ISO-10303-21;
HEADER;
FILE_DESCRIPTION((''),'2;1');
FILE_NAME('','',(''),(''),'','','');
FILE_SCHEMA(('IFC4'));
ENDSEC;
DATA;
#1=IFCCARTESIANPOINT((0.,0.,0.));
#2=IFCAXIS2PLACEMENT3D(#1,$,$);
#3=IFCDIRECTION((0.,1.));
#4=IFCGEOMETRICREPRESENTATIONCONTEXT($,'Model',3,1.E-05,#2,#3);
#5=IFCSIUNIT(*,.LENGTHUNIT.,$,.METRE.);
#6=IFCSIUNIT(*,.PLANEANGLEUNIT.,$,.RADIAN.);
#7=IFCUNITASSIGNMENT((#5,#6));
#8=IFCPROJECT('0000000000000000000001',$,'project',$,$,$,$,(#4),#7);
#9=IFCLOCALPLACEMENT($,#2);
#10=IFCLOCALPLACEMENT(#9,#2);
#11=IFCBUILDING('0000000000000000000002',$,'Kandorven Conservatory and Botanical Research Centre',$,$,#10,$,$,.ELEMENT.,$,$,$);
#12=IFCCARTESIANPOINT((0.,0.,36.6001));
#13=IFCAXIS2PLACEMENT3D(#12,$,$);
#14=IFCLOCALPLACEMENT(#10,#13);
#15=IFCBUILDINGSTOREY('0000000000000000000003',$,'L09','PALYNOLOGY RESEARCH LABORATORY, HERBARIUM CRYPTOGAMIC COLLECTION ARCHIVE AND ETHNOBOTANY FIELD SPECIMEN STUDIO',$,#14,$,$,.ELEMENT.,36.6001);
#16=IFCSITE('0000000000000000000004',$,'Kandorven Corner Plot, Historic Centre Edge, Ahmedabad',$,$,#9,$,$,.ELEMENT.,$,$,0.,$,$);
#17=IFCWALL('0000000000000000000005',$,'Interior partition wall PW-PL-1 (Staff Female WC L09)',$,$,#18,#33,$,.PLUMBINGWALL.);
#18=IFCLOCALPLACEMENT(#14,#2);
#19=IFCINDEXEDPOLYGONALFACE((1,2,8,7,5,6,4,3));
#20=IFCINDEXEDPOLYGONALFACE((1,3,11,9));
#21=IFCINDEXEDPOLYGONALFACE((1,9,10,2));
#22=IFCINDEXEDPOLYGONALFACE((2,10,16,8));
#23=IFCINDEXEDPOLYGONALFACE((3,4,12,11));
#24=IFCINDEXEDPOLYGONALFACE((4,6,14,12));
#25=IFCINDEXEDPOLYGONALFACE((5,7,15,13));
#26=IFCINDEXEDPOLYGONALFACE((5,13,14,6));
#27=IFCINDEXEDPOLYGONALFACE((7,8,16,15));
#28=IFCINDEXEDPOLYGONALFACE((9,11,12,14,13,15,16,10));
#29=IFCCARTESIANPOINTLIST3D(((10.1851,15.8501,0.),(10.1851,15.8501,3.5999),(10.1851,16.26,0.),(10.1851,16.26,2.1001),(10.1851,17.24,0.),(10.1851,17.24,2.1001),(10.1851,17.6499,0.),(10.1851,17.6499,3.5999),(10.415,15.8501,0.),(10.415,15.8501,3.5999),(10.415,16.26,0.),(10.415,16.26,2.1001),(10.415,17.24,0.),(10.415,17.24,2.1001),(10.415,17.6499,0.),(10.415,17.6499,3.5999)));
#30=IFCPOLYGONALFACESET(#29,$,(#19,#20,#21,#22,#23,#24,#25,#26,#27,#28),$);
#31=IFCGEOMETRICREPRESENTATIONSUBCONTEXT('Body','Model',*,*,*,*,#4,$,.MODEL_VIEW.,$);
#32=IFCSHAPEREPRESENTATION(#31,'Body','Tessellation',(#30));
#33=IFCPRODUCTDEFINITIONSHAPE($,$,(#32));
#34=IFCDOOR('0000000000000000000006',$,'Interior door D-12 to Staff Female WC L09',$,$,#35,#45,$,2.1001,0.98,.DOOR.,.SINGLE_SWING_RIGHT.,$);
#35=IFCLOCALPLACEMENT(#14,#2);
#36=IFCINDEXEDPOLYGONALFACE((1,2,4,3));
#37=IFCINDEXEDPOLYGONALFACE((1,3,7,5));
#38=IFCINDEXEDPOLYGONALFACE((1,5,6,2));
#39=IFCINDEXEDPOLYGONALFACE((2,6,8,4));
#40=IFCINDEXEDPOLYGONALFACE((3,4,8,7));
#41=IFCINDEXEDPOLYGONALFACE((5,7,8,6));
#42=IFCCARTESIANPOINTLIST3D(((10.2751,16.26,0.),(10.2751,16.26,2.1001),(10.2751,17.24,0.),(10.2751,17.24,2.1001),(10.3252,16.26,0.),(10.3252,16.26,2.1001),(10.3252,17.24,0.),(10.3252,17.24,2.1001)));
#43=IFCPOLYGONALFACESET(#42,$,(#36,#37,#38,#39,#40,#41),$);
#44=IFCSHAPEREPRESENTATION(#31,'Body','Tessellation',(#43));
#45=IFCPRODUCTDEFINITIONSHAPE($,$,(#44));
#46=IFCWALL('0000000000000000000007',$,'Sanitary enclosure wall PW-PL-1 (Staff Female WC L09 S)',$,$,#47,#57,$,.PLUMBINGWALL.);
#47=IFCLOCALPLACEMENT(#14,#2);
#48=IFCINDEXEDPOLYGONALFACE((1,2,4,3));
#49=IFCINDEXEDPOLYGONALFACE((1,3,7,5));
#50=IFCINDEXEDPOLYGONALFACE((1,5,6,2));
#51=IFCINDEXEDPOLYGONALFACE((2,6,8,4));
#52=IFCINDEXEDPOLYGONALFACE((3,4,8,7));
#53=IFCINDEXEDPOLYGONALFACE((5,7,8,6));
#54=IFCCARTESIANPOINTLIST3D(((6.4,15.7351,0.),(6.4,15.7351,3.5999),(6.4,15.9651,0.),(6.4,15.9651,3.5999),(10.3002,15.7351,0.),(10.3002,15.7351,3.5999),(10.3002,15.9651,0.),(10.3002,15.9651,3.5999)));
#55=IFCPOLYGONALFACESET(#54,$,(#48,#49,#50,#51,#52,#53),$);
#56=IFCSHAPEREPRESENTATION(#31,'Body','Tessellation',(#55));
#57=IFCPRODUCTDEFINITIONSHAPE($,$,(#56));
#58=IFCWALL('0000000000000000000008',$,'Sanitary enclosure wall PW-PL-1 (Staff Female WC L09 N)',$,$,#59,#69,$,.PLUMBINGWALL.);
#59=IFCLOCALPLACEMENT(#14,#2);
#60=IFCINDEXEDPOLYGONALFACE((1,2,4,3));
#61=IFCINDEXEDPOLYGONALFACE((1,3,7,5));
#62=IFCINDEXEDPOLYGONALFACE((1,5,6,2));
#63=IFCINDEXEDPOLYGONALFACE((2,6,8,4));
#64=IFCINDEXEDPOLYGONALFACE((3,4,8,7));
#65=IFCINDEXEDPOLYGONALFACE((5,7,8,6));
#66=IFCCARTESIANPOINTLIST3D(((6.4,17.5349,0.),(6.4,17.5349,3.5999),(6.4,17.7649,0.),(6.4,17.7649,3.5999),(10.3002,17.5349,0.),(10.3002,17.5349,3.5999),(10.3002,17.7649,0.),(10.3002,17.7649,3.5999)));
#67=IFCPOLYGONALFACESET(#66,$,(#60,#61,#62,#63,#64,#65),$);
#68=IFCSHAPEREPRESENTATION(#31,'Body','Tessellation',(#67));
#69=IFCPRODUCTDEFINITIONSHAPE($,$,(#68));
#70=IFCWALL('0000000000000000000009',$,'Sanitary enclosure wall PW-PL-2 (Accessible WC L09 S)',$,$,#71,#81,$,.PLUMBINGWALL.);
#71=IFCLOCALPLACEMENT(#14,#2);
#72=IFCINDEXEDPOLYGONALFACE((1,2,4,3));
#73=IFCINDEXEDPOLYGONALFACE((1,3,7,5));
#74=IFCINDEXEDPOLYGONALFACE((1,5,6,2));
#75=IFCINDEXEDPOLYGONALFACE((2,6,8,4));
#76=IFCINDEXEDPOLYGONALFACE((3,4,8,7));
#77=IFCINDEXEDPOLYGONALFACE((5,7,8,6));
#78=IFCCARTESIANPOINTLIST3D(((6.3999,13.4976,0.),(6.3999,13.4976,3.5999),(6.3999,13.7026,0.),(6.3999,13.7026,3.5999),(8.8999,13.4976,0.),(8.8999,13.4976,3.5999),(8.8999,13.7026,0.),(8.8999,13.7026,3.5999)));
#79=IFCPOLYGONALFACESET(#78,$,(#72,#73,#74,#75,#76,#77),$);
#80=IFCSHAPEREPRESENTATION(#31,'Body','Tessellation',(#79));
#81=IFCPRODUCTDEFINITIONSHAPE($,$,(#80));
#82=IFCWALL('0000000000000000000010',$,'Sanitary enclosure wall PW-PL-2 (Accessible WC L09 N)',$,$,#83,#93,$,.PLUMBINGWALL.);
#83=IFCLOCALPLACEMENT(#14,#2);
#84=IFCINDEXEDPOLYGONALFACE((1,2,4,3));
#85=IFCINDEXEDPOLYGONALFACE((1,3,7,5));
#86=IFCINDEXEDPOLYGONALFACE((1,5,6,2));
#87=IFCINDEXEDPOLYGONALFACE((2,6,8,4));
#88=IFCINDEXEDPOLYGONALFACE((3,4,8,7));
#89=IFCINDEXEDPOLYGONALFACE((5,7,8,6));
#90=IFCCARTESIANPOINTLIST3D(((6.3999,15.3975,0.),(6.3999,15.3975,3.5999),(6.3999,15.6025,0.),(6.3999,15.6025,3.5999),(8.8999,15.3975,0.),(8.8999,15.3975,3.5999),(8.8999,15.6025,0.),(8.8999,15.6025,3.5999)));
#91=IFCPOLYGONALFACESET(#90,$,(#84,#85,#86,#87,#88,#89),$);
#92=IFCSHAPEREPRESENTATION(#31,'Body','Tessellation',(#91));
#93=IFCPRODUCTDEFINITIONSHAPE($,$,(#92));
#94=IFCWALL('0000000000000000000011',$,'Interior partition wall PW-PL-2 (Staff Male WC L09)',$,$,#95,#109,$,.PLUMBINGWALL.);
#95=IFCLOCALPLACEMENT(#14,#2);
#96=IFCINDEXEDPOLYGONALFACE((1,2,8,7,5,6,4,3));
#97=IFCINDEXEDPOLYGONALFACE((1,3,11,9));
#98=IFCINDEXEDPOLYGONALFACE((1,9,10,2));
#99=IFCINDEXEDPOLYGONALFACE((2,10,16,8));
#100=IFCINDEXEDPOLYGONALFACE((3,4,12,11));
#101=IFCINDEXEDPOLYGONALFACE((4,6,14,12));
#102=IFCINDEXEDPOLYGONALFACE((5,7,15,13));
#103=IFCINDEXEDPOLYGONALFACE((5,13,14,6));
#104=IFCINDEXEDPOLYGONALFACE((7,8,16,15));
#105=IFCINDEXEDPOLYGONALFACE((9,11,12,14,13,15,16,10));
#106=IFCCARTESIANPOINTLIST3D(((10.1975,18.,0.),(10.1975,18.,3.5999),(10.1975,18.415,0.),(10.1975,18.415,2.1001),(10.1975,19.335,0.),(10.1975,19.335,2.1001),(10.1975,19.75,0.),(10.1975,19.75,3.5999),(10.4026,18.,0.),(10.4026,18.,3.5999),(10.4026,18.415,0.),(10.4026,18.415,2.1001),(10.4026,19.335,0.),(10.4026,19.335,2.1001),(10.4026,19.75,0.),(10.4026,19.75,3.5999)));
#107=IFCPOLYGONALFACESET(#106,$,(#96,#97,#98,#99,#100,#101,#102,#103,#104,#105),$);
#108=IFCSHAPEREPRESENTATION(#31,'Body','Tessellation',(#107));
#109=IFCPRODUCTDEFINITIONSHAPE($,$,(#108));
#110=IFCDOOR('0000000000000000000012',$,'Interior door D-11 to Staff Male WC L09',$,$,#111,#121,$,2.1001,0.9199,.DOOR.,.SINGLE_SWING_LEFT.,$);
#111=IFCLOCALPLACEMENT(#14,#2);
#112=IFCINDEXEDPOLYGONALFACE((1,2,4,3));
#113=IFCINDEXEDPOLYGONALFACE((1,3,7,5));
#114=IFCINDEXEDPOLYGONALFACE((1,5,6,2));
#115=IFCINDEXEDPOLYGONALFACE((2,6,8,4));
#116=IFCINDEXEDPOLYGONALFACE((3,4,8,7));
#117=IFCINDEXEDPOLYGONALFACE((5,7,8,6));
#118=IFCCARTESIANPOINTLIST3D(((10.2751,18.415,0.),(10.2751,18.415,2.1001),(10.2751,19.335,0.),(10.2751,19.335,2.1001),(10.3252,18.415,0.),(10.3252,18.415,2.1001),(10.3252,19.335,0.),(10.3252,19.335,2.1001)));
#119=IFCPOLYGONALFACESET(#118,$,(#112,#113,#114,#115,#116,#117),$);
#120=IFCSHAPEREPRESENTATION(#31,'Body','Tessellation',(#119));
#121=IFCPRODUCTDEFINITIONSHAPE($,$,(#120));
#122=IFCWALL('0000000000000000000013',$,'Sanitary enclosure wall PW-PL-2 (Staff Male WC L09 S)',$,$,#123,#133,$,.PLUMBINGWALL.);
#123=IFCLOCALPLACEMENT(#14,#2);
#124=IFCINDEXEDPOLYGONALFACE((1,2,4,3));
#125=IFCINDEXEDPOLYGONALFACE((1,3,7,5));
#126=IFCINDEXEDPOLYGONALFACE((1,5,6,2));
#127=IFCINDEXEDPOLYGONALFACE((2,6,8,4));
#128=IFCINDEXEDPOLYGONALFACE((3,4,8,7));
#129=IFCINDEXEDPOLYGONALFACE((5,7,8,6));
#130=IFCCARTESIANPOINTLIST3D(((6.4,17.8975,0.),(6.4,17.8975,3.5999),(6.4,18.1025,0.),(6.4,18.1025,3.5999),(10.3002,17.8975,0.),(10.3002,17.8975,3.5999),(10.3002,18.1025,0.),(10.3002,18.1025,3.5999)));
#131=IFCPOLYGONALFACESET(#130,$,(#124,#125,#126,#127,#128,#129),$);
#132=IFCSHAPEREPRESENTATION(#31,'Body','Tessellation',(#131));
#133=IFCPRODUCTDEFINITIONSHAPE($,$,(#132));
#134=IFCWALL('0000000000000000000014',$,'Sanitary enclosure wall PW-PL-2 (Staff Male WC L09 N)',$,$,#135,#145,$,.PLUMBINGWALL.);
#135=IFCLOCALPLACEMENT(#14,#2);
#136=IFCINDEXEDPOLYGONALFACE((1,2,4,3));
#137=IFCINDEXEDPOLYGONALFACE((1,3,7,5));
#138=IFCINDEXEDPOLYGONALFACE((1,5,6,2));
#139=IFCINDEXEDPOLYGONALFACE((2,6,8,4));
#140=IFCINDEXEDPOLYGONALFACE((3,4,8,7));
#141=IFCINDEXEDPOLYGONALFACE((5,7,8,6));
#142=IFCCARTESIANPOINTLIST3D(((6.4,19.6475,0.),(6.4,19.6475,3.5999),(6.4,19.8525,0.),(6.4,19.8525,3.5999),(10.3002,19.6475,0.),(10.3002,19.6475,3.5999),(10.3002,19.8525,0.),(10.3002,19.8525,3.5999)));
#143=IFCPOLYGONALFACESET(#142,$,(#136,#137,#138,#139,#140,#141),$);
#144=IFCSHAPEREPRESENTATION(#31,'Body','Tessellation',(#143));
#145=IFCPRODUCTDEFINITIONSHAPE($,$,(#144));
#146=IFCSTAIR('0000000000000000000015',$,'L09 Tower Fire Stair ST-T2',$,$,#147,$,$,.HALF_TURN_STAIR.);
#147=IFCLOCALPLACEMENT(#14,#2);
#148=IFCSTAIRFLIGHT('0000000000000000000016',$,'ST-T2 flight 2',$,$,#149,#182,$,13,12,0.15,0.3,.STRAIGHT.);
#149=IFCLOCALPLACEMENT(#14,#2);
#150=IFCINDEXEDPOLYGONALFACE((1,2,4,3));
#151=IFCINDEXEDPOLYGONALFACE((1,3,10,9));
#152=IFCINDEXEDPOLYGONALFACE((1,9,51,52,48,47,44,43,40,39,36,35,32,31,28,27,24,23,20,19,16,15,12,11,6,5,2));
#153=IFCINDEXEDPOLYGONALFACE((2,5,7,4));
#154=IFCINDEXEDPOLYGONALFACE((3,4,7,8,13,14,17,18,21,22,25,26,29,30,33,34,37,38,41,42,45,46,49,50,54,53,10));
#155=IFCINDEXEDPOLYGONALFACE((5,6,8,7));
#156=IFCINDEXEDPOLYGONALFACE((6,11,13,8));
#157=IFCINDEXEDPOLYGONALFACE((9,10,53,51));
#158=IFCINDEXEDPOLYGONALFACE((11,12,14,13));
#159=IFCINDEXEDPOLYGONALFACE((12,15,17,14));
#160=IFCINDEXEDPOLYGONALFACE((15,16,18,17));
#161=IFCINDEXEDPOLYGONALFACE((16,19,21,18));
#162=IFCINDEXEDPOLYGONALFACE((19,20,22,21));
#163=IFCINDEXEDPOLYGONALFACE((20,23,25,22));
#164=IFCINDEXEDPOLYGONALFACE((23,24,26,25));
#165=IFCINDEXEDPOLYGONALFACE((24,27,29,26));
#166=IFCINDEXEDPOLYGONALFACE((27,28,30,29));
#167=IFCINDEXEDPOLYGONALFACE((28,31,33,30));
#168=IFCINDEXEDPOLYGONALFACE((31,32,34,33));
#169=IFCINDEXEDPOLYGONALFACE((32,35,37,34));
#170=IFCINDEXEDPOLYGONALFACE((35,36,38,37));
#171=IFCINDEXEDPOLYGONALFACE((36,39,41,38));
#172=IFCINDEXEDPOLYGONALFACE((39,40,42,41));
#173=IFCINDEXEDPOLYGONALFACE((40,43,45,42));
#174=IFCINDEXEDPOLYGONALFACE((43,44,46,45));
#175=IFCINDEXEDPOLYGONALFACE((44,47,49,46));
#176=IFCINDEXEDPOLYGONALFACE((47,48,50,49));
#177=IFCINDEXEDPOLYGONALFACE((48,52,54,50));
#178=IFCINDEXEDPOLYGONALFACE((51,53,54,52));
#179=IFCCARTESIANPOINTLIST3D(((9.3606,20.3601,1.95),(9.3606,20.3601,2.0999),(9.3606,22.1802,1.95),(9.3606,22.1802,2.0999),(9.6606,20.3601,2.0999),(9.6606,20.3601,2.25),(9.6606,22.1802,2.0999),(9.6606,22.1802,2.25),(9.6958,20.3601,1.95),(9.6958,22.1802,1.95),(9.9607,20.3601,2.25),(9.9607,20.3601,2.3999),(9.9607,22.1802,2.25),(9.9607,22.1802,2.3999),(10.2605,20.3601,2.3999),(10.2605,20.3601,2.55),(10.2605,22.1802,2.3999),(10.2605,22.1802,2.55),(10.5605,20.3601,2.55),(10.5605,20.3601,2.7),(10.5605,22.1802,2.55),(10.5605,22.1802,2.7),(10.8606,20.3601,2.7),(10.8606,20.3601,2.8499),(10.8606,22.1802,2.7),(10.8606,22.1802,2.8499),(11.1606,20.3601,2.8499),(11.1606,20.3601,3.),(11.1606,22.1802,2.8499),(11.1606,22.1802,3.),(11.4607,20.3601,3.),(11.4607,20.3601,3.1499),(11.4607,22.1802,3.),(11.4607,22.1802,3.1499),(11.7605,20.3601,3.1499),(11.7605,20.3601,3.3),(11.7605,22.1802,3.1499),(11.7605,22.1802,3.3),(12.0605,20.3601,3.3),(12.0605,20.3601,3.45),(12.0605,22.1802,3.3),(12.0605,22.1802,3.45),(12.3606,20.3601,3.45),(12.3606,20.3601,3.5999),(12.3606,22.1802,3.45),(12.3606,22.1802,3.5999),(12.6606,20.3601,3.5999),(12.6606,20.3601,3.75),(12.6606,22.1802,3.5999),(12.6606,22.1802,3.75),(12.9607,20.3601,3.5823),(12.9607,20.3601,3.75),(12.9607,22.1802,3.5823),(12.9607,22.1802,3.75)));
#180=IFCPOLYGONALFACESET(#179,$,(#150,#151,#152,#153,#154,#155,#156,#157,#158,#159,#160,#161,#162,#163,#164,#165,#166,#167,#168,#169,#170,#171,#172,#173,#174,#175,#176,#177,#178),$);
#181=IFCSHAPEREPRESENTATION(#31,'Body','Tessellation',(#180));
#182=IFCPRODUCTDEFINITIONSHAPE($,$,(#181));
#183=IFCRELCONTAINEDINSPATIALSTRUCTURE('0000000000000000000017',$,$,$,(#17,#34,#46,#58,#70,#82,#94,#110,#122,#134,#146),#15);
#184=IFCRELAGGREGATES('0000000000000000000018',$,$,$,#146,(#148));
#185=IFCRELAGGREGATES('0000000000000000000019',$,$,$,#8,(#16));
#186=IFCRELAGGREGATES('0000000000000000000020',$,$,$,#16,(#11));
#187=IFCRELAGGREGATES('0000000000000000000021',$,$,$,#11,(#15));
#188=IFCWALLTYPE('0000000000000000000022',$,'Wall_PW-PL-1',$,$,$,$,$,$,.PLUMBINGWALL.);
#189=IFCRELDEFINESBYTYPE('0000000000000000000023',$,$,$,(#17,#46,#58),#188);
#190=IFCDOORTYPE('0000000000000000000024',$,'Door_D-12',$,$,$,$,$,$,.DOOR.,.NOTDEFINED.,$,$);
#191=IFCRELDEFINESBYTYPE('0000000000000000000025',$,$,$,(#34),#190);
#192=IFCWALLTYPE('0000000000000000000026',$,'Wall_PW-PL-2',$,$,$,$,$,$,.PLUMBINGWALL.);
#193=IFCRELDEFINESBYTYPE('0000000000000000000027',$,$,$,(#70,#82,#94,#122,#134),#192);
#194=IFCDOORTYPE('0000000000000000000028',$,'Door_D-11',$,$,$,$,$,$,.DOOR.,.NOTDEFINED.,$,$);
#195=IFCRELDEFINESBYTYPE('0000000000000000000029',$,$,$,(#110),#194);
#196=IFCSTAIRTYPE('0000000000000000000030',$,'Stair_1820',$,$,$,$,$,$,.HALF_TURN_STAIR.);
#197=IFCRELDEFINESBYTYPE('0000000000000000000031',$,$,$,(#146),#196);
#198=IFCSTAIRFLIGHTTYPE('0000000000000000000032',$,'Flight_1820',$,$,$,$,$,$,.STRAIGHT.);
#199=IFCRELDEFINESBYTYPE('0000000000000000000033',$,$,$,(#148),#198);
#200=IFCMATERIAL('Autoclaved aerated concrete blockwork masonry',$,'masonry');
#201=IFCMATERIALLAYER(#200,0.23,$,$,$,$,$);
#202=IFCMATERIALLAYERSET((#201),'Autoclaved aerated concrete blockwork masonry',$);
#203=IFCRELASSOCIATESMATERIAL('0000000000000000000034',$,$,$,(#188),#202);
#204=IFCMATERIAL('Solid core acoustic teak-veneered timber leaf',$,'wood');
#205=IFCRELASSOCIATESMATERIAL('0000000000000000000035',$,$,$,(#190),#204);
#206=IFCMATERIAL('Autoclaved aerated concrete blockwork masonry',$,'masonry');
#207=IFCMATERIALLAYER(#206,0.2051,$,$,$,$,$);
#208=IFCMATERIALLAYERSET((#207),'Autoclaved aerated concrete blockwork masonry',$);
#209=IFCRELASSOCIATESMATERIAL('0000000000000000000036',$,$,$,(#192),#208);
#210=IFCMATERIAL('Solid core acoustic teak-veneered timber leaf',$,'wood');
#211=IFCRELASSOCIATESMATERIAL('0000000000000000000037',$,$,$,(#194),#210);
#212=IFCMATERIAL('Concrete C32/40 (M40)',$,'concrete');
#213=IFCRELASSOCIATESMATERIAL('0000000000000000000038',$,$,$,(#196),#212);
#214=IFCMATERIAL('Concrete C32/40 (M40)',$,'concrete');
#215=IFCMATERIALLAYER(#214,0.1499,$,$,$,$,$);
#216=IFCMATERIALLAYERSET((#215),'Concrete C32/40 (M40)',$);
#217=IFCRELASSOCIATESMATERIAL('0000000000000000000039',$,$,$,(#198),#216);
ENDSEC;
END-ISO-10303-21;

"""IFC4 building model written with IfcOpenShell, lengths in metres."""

from ifc_helpers import new_model, si_unit, direction, frame, frame_2d, origin, place, context, subcontext, project, spatial, polyline, rectangle, outline, extrude, material, layer, layer_set, type_object, element, fill, aggregate, save


model = new_model("IFC4")

# Units and contexts
model_context = context("Model", 3, precision=1e-05, world=origin(), true_north=direction((0.0, 1.0)))
body_context = subcontext(model_context, "Body", "Model", "MODEL_VIEW")
ifc_project = project(units=[si_unit("LENGTHUNIT", "METRE"), si_unit("PLANEANGLEUNIT", "RADIAN")], contexts=[model_context])

# Site, building, storey
site_placement = place(None, origin())
site = spatial("IfcSite", under=ifc_project, at=site_placement, Name="Kandorven Corner Plot, Historic Centre Edge, Ahmedabad", CompositionType="ELEMENT", RefElevation=0.0)
building_placement = place(site_placement, origin())
building = spatial("IfcBuilding", under=site, at=building_placement, Name="Kandorven Conservatory and Botanical Research Centre", CompositionType="ELEMENT")
storey_placement = place(building_placement, frame((0.0, 0.0, 36.6001)))
storey = spatial("IfcBuildingStorey", under=building, at=storey_placement, Name="L09", Description="PALYNOLOGY RESEARCH LABORATORY, HERBARIUM CRYPTOGAMIC COLLECTION ARCHIVE AND ETHNOBOTANY FIELD SPECIMEN STUDIO", CompositionType="ELEMENT", Elevation=36.6001)

# Wall, opening, door
ifc_material_1 = material(Name="Autoclaved aerated concrete blockwork masonry", Category="masonry")
ifc_layer_1 = layer(ifc_material_1, 0.23)
ifc_layer_set_1 = layer_set([ifc_layer_1], Name="Autoclaved aerated concrete blockwork masonry")
wall_type_1 = type_object("IfcWallType", Name="Wall_PW-PL-1", PredefinedType="PLUMBINGWALL", material=ifc_layer_set_1)
wall_1_placement = place(storey_placement, frame((10.3, 15.8501, 0.0), z_axis=(0.0, 0.0, 1.0), x_axis=(0.0, 1.0, 0.0)))
wall_1 = element("IfcWall", 1, at=wall_1_placement, inside=storey, type_object=wall_type_1, Name="Interior partition wall PW-PL-1 (Staff Female WC L09)", PredefinedType="PLUMBINGWALL", context=body_context, shape_type="SweptSolid", body=[
    extrude(rectangle(XDim=1.7998, YDim=0.23, at=frame_2d((0.8999, 0.0))), origin(), (0.0, 0.0, 1.0), 3.5999),
])
opening_1_placement = place(wall_1_placement, frame((0.4099, 0.0, 0.0)))
opening_1 = element("IfcOpeningElement", 2, at=opening_1_placement, cuts=wall_1, PredefinedType="OPENING", context=body_context, shape_type="SweptSolid", body=[
    extrude(rectangle(XDim=0.98, YDim=2.1001, at=frame_2d((0.49, 1.05))), frame((0.0, 0.125, 0.0), z_axis=(0.0, -1.0, 0.0), x_axis=(1.0, 0.0, 0.0)), (0.0, 0.0, 1.0), 0.25),
])
ifc_material_2 = material(Name="Solid core acoustic teak-veneered timber leaf", Category="wood")
door_type_1 = type_object("IfcDoorType", Name="Door_D-12", OperationType="NOTDEFINED", PredefinedType="DOOR", material=ifc_material_2)
door_1_placement = place(opening_1_placement, origin())
door_1 = element("IfcDoor", 3, at=door_1_placement, inside=storey, type_object=door_type_1, Name="Interior door D-12 to Staff Female WC L09", OperationType="SINGLE_SWING_RIGHT", OverallHeight=2.1001, OverallWidth=0.98, PredefinedType="DOOR", context=body_context, shape_type="SweptSolid", body=[
    extrude(rectangle(XDim=0.98, YDim=2.1001, at=frame_2d((0.49, 1.05))), frame((0.0, 0.0249, 0.0), z_axis=(0.0, -1.0, 0.0), x_axis=(1.0, 0.0, 0.0)), (0.0, 0.0, 1.0), 0.05),
])
fill(opening_1, door_1)

# Walls
for number, where, z_axis, x_axis, name in (
    (4, (6.3999, 15.8501, 0.0), (0.0, 0.0, 1.0), (1.0, 0.0, 0.0), "Sanitary enclosure wall PW-PL-1 (Staff Female WC L09 S)"),
    (5, (6.3999, 17.6499, 0.0), (0.0, 0.0, 1.0), (1.0, 0.0, 0.0), "Sanitary enclosure wall PW-PL-1 (Staff Female WC L09 N)"),
):
    element("IfcWall", number, at=place(storey_placement, frame(where, z_axis=z_axis, x_axis=x_axis)), inside=storey, type_object=wall_type_1, Name=name, PredefinedType="PLUMBINGWALL", context=body_context, shape_type="SweptSolid", body=[
        extrude(rectangle(XDim=3.9001, YDim=0.23, at=frame_2d((1.9502, 0.0))), origin(), (0.0, 0.0, 1.0), 3.5999),
    ])

# Shared definitions
ifc_material_3 = material(Name="Autoclaved aerated concrete blockwork masonry", Category="masonry")
ifc_layer_2 = layer(ifc_material_3, 0.2051)
ifc_layer_set_2 = layer_set([ifc_layer_2], Name="Autoclaved aerated concrete blockwork masonry")
wall_type_2 = type_object("IfcWallType", Name="Wall_PW-PL-2", PredefinedType="PLUMBINGWALL", material=ifc_layer_set_2)

# Walls
for number, where, z_axis, x_axis, name in (
    (6, (6.3999, 13.6001, 0.0), (0.0, 0.0, 1.0), (1.0, 0.0, 0.0), "Sanitary enclosure wall PW-PL-2 (Accessible WC L09 S)"),
    (7, (6.3999, 15.5, 0.0), (0.0, 0.0, 1.0), (1.0, 0.0, 0.0), "Sanitary enclosure wall PW-PL-2 (Accessible WC L09 N)"),
):
    element("IfcWall", number, at=place(storey_placement, frame(where, z_axis=z_axis, x_axis=x_axis)), inside=storey, type_object=wall_type_2, Name=name, PredefinedType="PLUMBINGWALL", context=body_context, shape_type="SweptSolid", body=[
        extrude(rectangle(XDim=2.5, YDim=0.2051, at=frame_2d((1.25, 0.0))), origin(), (0.0, 0.0, 1.0), 3.5999),
    ])

# Wall, opening, door
wall_2_placement = place(storey_placement, frame((10.3, 18.0, 0.0), z_axis=(0.0, 0.0, 1.0), x_axis=(0.0, 1.0, 0.0)))
wall_2 = element("IfcWall", 8, at=wall_2_placement, inside=storey, type_object=wall_type_2, Name="Interior partition wall PW-PL-2 (Staff Male WC L09)", PredefinedType="PLUMBINGWALL", context=body_context, shape_type="SweptSolid", body=[
    extrude(rectangle(XDim=1.75, YDim=0.2051, at=frame_2d((0.875, 0.0))), origin(), (0.0, 0.0, 1.0), 3.5999),
])
opening_2_placement = place(wall_2_placement, frame((0.415, 0.0, 0.0)))
opening_2 = element("IfcOpeningElement", 9, at=opening_2_placement, cuts=wall_2, PredefinedType="OPENING", context=body_context, shape_type="SweptSolid", body=[
    extrude(rectangle(XDim=0.9199, YDim=2.1001, at=frame_2d((0.46, 1.05))), frame((0.0, 0.1125, 0.0), z_axis=(0.0, -1.0, 0.0), x_axis=(1.0, 0.0, 0.0)), (0.0, 0.0, 1.0), 0.2251),
])
ifc_material_4 = material(Name="Solid core acoustic teak-veneered timber leaf", Category="wood")
door_type_2 = type_object("IfcDoorType", Name="Door_D-11", OperationType="NOTDEFINED", PredefinedType="DOOR", material=ifc_material_4)
door_2_placement = place(opening_2_placement, origin())
door_2 = element("IfcDoor", 10, at=door_2_placement, inside=storey, type_object=door_type_2, Name="Interior door D-11 to Staff Male WC L09", OperationType="SINGLE_SWING_LEFT", OverallHeight=2.1001, OverallWidth=0.9199, PredefinedType="DOOR", context=body_context, shape_type="SweptSolid", body=[
    extrude(rectangle(XDim=0.9199, YDim=2.1001, at=frame_2d((0.46, 1.05))), frame((0.0, 0.0249, 0.0), z_axis=(0.0, -1.0, 0.0), x_axis=(1.0, 0.0, 0.0)), (0.0, 0.0, 1.0), 0.05),
])
fill(opening_2, door_2)

# Walls
for number, where, z_axis, x_axis, name in (
    (11, (6.3999, 18.0, 0.0), (0.0, 0.0, 1.0), (1.0, 0.0, 0.0), "Sanitary enclosure wall PW-PL-2 (Staff Male WC L09 S)"),
    (12, (6.3999, 19.75, 0.0), (0.0, 0.0, 1.0), (1.0, 0.0, 0.0), "Sanitary enclosure wall PW-PL-2 (Staff Male WC L09 N)"),
):
    element("IfcWall", number, at=place(storey_placement, frame(where, z_axis=z_axis, x_axis=x_axis)), inside=storey, type_object=wall_type_2, Name=name, PredefinedType="PLUMBINGWALL", context=body_context, shape_type="SweptSolid", body=[
        extrude(rectangle(XDim=3.9001, YDim=0.2051, at=frame_2d((1.9502, 0.0))), origin(), (0.0, 0.0, 1.0), 3.5999),
    ])

# Stair, stair flight
ifc_material_5 = material(Name="Concrete C32/40 (M40)", Category="concrete")
stair_type = type_object("IfcStairType", Name="Stair_1820", PredefinedType="HALF_TURN_STAIR", material=ifc_material_5)
stair_placement = place(storey_placement, origin())
stair = element("IfcStair", 13, at=stair_placement, inside=storey, type_object=stair_type, Name="L09 Tower Fire Stair ST-T2", PredefinedType="HALF_TURN_STAIR")
ifc_material_6 = material(Name="Concrete C32/40 (M40)", Category="concrete")
ifc_layer_3 = layer(ifc_material_6, 0.1499)
ifc_layer_set_3 = layer_set([ifc_layer_3], Name="Concrete C32/40 (M40)")
stair_flight_type = type_object("IfcStairFlightType", Name="Flight_1820", PredefinedType="STRAIGHT", material=ifc_layer_set_3)
stair_flight_placement = place(storey_placement, frame((9.3606, 21.27, 1.95), z_axis=(0.0, 0.0, 1.0), x_axis=(1.0, 0.0, 0.0)))
stair_flight = element("IfcStairFlight", 14, at=stair_flight_placement, type_object=stair_flight_type, Name="ST-T2 flight 2", NumberOfRisers=13, NumberOfTreads=12, PredefinedType="STRAIGHT", RiserHeight=0.15, TreadLength=0.3, context=body_context, shape_type="SweptSolid", body=[
    extrude(outline(polyline([(0.0, 0.0), (0.0, 0.1499), (0.3, 0.1499), (0.3, 0.3), (0.6001, 0.3), (0.6001, 0.45), (0.8999, 0.45), (0.8999, 0.6001), (1.2, 0.6001), (1.2, 0.75), (1.5, 0.75), (1.5, 0.8999), (1.8, 0.8999), (1.8, 1.05), (2.1001, 1.05), (2.1001, 1.2), (2.3999, 1.2), (2.3999, 1.3501), (2.7, 1.3501), (2.7, 1.5), (3.0, 1.5), (3.0, 1.6499), (3.3, 1.6499), (3.3, 1.8), (3.6001, 1.8), (3.6001, 1.95), (3.6001, 1.6323), (0.3352, 0.0), (0.0, 0.0)])), frame((0.0, 0.9102, 0.0), z_axis=(0.0, -1.0, 0.0), x_axis=(1.0, 0.0, 0.0)), (0.0, 0.0, 1.0), 1.8201),
])
aggregate(stair, [stair_flight])

save(model, "model.ifc")
